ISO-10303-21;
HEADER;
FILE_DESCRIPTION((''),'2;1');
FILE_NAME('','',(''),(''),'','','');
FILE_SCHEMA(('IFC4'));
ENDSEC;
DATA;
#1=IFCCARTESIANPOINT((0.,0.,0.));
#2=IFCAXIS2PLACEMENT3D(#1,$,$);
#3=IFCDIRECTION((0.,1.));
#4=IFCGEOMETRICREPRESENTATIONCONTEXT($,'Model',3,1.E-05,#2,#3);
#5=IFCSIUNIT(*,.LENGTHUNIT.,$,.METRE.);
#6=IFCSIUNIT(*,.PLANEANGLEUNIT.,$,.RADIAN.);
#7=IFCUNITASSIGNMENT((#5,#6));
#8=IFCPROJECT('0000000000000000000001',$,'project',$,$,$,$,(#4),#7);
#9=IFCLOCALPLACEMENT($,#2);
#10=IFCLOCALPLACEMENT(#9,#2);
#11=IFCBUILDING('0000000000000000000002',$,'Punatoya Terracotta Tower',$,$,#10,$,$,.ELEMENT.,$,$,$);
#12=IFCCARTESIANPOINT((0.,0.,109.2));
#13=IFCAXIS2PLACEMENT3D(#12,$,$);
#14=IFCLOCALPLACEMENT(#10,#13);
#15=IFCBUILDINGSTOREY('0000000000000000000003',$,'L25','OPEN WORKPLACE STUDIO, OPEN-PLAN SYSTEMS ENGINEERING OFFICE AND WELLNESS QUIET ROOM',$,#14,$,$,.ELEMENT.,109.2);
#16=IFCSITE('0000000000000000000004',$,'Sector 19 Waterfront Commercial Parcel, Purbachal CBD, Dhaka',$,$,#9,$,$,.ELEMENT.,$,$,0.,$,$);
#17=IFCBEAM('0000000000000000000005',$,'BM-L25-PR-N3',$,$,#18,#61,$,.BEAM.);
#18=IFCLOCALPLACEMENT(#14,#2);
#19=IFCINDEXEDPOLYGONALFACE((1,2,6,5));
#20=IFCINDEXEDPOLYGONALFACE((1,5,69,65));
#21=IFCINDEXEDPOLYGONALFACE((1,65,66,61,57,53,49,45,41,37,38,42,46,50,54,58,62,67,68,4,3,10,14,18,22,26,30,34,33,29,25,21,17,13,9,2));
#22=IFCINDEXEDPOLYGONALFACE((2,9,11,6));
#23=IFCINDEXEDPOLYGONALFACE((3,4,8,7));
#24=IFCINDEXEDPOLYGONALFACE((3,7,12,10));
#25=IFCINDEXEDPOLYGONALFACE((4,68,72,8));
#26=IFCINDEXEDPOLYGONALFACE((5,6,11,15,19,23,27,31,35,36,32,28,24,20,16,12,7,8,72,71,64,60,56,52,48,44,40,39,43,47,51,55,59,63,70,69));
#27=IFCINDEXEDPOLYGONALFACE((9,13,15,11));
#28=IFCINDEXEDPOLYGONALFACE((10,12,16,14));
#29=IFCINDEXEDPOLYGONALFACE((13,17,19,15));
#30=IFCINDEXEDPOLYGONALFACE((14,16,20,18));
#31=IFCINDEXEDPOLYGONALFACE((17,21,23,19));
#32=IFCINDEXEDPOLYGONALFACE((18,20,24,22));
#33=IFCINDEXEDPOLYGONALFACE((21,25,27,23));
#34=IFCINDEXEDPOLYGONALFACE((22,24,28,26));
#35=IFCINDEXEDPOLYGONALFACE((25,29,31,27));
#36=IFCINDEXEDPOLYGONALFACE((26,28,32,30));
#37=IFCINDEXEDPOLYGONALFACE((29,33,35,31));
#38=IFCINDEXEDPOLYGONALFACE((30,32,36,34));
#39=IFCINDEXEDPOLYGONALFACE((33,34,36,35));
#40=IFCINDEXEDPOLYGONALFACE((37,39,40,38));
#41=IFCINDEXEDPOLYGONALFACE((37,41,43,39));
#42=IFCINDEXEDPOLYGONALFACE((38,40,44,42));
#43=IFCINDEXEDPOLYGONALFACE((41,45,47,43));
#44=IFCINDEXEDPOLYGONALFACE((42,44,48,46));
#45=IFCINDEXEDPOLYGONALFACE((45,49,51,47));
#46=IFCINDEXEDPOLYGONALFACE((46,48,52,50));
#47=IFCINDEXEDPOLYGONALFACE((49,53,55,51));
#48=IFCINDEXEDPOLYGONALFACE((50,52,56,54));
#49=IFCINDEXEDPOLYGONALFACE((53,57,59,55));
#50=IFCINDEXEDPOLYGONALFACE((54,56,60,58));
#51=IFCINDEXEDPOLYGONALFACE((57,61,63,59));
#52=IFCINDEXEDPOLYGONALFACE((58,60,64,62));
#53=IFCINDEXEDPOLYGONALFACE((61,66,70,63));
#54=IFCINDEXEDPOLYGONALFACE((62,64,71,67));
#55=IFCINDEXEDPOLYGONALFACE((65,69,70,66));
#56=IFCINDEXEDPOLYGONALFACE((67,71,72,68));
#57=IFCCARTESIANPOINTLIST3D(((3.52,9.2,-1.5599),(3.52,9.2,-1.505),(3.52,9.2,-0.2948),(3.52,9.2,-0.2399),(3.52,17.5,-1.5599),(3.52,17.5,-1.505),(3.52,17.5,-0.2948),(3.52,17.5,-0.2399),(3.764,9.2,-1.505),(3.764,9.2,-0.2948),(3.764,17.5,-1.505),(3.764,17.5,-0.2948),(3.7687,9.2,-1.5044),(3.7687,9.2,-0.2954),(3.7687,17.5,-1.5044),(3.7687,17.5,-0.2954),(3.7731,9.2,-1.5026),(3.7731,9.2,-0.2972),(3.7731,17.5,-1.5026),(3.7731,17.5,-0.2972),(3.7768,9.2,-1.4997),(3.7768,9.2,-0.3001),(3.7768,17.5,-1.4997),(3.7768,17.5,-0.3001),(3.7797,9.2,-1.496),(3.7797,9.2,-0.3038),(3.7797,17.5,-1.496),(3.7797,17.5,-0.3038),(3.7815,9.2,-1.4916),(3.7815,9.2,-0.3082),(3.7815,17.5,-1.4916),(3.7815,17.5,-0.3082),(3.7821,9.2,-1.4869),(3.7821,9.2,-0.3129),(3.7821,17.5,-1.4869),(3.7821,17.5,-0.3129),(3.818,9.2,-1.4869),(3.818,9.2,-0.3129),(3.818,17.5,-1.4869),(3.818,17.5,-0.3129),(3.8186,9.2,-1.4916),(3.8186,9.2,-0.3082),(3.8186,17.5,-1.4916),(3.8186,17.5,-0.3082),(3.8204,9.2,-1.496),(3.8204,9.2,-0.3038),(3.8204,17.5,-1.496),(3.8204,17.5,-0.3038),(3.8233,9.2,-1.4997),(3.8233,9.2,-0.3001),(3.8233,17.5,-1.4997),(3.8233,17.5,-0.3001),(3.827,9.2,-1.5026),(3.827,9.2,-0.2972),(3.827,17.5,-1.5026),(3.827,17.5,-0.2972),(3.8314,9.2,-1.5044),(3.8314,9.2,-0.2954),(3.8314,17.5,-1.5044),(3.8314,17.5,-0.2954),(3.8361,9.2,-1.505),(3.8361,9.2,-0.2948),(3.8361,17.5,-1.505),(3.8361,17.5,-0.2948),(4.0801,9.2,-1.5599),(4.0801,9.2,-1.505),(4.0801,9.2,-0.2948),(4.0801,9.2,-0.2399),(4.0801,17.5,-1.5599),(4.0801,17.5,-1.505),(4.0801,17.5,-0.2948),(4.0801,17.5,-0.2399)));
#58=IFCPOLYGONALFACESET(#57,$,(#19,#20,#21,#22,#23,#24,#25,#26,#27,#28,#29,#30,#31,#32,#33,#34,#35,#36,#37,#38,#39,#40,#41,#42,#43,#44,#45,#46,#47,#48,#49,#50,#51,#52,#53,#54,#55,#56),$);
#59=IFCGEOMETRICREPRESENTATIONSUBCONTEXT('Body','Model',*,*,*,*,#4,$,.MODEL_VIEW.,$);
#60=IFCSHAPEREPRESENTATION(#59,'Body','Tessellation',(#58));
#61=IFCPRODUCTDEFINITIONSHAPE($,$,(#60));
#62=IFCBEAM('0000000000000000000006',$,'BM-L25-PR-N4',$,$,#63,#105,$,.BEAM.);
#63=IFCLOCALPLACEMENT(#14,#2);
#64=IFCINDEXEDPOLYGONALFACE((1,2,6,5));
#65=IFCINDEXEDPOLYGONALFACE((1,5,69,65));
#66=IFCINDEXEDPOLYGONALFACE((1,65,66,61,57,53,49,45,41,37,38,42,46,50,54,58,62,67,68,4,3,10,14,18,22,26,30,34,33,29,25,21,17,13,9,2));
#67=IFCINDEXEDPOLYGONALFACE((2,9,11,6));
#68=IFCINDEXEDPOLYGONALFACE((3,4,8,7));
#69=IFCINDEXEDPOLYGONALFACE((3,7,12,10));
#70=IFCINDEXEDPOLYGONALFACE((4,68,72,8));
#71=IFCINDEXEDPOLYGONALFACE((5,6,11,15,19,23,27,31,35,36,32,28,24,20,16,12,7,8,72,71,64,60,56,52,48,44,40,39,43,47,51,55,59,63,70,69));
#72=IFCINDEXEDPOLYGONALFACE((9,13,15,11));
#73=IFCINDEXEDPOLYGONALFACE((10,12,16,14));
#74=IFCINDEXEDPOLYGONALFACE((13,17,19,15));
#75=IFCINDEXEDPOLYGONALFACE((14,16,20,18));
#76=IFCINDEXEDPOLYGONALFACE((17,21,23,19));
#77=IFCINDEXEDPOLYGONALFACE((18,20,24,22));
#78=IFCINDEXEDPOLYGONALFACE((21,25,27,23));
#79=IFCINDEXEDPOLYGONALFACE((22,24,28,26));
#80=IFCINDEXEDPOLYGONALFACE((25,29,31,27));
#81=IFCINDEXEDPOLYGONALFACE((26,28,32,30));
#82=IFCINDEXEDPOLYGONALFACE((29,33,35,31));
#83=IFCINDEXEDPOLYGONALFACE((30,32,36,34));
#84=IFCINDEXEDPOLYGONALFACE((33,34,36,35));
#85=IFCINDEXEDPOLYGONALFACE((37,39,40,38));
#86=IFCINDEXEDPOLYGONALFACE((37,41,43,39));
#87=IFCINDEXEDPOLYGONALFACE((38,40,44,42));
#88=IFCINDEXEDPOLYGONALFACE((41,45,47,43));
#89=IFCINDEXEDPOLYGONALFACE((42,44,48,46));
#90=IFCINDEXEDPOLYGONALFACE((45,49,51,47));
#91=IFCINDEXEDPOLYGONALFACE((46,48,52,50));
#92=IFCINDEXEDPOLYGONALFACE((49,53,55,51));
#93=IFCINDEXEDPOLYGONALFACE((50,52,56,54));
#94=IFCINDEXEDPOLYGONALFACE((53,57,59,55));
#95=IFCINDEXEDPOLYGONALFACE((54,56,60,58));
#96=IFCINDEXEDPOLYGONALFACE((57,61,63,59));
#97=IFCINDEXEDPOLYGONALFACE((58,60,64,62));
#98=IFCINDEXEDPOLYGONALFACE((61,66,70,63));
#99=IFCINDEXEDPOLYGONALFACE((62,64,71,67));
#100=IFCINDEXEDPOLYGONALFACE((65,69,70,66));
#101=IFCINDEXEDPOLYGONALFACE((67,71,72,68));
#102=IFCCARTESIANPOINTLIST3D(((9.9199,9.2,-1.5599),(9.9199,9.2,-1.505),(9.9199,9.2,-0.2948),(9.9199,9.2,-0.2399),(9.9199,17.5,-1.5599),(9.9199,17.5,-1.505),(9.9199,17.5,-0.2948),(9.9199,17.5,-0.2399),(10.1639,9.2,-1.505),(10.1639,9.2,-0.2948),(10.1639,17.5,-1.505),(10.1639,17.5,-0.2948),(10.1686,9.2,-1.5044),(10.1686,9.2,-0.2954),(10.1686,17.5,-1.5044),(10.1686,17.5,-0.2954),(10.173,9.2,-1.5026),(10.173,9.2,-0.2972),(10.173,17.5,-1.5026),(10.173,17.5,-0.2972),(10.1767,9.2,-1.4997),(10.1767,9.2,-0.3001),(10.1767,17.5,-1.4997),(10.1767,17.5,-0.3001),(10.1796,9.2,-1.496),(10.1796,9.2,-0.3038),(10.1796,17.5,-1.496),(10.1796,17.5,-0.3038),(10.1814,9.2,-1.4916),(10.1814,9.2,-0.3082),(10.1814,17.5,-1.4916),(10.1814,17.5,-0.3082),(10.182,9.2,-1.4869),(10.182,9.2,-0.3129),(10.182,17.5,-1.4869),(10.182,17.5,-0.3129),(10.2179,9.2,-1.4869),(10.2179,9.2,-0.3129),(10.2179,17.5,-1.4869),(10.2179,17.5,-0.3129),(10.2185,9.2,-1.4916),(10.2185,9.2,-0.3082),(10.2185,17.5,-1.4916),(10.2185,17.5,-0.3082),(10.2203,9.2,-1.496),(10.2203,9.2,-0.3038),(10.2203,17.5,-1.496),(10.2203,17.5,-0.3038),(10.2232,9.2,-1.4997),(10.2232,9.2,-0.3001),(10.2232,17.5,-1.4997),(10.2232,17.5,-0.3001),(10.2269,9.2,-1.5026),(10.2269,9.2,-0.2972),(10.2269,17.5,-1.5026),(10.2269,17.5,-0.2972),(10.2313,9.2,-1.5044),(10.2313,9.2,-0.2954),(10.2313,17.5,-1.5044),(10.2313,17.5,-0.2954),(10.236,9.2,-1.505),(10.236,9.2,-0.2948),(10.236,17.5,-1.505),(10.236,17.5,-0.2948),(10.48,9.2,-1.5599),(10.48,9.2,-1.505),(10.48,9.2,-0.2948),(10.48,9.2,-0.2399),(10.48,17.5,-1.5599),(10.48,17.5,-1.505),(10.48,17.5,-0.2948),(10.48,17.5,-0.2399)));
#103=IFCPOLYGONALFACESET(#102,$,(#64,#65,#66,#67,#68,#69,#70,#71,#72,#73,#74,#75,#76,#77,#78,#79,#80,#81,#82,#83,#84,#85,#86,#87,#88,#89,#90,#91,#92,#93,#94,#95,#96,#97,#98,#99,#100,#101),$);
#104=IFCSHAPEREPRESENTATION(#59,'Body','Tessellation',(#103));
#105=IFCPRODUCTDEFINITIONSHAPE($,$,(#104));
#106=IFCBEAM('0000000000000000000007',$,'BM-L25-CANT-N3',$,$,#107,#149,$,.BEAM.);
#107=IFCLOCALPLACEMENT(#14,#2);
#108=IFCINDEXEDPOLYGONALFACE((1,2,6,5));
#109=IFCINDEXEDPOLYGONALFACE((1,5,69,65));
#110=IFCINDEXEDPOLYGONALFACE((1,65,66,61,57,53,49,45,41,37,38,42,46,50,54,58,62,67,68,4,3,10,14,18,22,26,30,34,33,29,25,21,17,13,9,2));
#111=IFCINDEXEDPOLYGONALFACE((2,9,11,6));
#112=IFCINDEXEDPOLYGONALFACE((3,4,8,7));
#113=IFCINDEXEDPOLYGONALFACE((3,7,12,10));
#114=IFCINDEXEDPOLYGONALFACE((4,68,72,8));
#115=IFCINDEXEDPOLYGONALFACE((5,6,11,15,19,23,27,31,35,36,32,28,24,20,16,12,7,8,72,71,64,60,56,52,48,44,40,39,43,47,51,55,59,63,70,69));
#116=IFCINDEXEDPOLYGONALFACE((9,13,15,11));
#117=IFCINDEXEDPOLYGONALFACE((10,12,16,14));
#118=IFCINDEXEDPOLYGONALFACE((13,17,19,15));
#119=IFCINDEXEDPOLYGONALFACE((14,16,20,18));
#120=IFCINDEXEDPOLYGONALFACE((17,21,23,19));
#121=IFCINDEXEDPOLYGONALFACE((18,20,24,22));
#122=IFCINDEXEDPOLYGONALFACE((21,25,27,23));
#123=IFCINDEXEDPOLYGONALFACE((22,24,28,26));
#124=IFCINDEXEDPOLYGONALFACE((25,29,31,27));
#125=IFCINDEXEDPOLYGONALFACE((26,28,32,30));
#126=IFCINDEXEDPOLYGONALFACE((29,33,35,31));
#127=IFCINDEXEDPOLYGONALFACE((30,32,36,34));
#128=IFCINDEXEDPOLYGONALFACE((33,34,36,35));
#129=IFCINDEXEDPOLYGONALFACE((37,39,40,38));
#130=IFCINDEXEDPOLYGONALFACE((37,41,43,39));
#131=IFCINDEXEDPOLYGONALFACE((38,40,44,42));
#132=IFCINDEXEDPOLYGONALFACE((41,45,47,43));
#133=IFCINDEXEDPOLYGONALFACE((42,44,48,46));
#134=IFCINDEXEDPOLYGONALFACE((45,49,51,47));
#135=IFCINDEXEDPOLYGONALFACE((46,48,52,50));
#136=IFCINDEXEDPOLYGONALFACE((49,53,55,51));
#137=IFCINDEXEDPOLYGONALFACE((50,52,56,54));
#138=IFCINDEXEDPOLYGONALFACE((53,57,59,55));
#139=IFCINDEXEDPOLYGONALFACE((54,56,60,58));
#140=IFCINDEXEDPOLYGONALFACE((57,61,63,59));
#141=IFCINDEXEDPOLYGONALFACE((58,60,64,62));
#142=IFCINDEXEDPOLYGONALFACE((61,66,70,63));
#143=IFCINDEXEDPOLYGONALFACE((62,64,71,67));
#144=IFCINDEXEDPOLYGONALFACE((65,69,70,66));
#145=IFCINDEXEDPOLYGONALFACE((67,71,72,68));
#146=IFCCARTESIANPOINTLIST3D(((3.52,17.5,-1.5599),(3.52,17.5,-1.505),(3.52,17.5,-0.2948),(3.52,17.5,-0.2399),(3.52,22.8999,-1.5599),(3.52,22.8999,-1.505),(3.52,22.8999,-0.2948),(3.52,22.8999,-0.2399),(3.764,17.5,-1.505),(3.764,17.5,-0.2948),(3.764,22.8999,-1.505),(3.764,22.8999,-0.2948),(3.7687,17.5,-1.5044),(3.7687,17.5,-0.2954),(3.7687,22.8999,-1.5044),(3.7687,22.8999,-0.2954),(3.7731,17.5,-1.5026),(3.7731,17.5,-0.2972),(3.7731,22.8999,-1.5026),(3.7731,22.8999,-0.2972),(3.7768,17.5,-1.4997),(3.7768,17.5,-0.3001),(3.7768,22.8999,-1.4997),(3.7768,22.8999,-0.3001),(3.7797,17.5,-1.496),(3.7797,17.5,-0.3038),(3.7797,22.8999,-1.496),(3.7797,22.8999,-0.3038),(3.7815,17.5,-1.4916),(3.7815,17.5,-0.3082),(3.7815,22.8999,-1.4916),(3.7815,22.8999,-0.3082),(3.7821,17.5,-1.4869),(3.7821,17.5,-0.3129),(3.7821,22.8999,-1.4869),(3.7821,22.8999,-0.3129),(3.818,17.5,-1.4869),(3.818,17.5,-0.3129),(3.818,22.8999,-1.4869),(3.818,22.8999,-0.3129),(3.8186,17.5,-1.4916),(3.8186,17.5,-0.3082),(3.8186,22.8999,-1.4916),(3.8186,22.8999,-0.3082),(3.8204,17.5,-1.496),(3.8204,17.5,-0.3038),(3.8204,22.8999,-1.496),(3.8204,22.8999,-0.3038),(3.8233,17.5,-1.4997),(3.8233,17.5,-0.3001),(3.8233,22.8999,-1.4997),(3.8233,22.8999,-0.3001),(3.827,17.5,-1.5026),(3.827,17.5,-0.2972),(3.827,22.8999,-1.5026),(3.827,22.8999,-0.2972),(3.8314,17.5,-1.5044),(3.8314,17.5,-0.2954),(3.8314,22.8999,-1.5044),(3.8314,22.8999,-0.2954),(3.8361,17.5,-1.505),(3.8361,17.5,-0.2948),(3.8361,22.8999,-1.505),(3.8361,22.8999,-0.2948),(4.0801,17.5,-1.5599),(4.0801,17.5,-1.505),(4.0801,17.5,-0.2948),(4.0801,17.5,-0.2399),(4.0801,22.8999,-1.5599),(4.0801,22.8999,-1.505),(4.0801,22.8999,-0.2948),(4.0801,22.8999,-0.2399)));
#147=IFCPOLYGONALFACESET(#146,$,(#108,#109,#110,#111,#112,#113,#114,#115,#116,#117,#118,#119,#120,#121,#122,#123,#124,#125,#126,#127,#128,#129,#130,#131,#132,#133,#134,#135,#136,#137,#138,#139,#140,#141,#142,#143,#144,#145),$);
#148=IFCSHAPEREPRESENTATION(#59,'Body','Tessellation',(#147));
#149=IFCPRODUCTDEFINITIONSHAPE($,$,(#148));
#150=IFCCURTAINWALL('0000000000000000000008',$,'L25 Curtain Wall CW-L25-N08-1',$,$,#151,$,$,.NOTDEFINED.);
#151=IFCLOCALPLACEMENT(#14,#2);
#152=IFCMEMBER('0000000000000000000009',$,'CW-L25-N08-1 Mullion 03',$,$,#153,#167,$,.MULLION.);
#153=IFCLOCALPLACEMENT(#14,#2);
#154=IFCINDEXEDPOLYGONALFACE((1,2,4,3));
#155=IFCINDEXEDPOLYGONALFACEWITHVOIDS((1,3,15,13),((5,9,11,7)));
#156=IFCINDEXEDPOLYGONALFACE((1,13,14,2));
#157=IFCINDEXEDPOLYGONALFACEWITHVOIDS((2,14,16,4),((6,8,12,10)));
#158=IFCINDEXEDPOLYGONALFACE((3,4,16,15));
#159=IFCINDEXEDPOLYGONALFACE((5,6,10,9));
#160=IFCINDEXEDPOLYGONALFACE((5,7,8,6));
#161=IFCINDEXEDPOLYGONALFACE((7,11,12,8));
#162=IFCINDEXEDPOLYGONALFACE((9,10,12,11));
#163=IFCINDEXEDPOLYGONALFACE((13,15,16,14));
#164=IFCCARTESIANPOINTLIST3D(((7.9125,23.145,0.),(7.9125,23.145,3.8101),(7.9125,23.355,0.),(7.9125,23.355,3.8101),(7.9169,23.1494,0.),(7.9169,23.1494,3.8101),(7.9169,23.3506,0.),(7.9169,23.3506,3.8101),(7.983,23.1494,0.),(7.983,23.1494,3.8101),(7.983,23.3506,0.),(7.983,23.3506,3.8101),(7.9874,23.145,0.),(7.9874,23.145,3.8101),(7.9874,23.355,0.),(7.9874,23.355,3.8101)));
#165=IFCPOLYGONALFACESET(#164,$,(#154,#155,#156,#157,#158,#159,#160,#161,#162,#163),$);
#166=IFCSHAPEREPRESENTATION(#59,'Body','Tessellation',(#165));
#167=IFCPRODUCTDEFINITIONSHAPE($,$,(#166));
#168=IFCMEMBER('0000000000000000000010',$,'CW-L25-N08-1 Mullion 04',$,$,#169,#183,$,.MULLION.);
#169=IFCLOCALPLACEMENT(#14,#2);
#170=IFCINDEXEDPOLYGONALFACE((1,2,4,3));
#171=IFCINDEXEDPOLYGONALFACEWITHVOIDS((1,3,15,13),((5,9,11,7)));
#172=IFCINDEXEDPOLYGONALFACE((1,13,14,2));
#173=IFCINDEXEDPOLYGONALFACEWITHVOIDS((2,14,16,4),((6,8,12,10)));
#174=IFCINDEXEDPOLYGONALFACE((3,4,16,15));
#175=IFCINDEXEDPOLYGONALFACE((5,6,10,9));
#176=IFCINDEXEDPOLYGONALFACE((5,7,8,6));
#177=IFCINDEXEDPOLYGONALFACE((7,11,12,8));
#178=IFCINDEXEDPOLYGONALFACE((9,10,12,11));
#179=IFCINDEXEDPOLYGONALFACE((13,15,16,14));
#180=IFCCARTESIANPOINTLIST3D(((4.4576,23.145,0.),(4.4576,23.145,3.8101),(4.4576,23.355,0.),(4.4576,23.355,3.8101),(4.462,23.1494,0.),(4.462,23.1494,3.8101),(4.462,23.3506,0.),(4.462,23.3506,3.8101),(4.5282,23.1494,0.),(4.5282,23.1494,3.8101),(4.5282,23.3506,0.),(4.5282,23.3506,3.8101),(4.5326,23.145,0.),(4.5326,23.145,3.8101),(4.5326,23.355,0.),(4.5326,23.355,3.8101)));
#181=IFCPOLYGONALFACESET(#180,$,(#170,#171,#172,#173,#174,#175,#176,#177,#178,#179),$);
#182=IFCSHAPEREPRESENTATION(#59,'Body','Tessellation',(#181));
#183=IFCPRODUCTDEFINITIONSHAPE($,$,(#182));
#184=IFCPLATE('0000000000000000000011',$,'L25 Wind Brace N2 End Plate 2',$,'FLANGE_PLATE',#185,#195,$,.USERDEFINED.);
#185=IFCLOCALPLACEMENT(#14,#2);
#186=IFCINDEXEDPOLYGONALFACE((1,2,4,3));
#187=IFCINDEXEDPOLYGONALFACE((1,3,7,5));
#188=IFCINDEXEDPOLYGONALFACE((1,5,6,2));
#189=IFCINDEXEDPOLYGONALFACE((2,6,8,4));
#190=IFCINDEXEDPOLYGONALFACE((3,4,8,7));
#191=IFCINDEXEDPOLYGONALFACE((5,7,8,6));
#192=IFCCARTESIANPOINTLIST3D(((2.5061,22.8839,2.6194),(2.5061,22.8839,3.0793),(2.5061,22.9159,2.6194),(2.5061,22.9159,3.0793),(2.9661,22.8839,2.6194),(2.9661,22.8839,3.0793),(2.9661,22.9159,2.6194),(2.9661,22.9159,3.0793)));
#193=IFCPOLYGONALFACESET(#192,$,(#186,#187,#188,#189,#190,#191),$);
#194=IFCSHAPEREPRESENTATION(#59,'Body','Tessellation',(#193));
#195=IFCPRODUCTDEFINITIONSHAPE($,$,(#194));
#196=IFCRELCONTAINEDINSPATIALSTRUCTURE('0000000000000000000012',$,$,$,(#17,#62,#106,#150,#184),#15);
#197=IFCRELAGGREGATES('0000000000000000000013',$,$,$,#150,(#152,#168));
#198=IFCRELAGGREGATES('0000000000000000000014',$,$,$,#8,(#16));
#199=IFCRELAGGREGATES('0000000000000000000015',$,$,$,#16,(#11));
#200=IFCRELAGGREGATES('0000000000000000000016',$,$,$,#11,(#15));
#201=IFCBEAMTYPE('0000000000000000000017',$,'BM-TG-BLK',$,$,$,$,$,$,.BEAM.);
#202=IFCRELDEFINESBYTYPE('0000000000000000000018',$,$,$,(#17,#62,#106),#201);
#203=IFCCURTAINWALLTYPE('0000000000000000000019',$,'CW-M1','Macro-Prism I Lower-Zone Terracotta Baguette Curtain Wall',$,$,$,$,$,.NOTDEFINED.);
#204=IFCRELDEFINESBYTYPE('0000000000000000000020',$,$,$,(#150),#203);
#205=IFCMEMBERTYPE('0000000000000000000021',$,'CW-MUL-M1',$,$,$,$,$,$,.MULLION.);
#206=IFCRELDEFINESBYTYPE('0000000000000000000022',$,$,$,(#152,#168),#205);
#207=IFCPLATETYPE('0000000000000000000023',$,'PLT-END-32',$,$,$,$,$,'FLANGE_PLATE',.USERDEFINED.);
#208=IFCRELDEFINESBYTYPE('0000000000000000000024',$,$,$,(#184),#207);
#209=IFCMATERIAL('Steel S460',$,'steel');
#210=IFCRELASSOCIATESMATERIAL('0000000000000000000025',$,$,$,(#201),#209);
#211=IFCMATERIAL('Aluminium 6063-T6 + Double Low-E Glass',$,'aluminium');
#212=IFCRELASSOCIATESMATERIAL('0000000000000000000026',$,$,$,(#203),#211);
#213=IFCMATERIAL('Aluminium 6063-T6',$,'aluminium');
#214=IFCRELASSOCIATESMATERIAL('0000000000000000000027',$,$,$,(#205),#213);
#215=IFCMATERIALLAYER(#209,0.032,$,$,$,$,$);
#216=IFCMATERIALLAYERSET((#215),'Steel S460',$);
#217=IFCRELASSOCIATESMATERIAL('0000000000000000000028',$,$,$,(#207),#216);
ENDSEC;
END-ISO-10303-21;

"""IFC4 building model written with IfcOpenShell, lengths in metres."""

from ifc_helpers import new_model, si_unit, direction, frame, origin, origin_2d, place, context, subcontext, project, spatial, rectangle, hollow_rectangle, i_section, extrude, material, layer, layer_set, material_profile, profile_set, type_object, element, aggregate, save


model = new_model("IFC4")

# Units and contexts
model_context = context("Model", 3, precision=1e-05, world=origin(), true_north=direction((0.0, 1.0)))
body_context = subcontext(model_context, "Body", "Model", "MODEL_VIEW")
ifc_project = project(units=[si_unit("LENGTHUNIT", "METRE"), si_unit("PLANEANGLEUNIT", "RADIAN")], contexts=[model_context])

# Site, building, storey
site_placement = place(None, origin())
site = spatial("IfcSite", under=ifc_project, at=site_placement, Name="Sector 19 Waterfront Commercial Parcel, Purbachal CBD, Dhaka", CompositionType="ELEMENT", RefElevation=0.0)
building_placement = place(site_placement, origin())
building = spatial("IfcBuilding", under=site, at=building_placement, Name="Punatoya Terracotta Tower", CompositionType="ELEMENT")
storey_placement = place(building_placement, frame((0.0, 0.0, 109.2)))
storey = spatial("IfcBuildingStorey", under=building, at=storey_placement, Name="L25", Description="OPEN WORKPLACE STUDIO, OPEN-PLAN SYSTEMS ENGINEERING OFFICE AND WELLNESS QUIET ROOM", CompositionType="ELEMENT", Elevation=109.2)

# Shared definitions
ifc_material_1 = material(Name="Steel S460", Category="steel")

# Beams
ifc_material_profile_1 = material_profile(ifc_material_1, i_section(OverallWidth=0.5601, OverallDepth=1.3201, WebThickness=0.0359, FlangeThickness=0.0549, FilletRadius=0.0181, at=origin_2d()))
ifc_profile_set_1 = profile_set([ifc_material_profile_1], Name="Steel S460")
beam_type = type_object("IfcBeamType", Name="BM-TG-BLK", PredefinedType="BEAM", material=ifc_profile_set_1)
for number, where, z_axis, x_axis, name in (
    (1, (3.8, 9.2, -0.8999), (0.0, 1.0, 0.0), (-1.0, 0.0, 0.0), "BM-L25-PR-N3"),
    (2, (10.2, 9.2, -0.8999), (0.0, 1.0, 0.0), (-1.0, 0.0, 0.0), "BM-L25-PR-N4"),
):
    element("IfcBeam", number, at=place(storey_placement, frame(where, z_axis=z_axis, x_axis=x_axis)), inside=storey, type_object=beam_type, Name=name, PredefinedType="BEAM", context=body_context, shape_type="SweptSolid", body=[
        extrude(i_section(OverallWidth=0.5601, OverallDepth=1.3201, WebThickness=0.0359, FlangeThickness=0.0549, FilletRadius=0.0181, at=origin_2d()), origin(), (0.0, 0.0, 1.0), 8.3),
    ])
beam_1_placement = place(storey_placement, frame((3.8, 17.5, -0.8999), z_axis=(0.0, 1.0, 0.0), x_axis=(-1.0, 0.0, 0.0)))
element("IfcBeam", 3, at=beam_1_placement, inside=storey, type_object=beam_type, Name="BM-L25-CANT-N3", PredefinedType="BEAM", context=body_context, shape_type="SweptSolid", body=[
    extrude(i_section(OverallWidth=0.5601, OverallDepth=1.3201, WebThickness=0.0359, FlangeThickness=0.0549, FilletRadius=0.0181, at=origin_2d()), origin(), (0.0, 0.0, 1.0), 5.3999),
])

# Curtain wall, members
ifc_material_2 = material(Name="Aluminium 6063-T6 + Double Low-E Glass", Category="aluminium")
curtain_wall_type = type_object("IfcCurtainWallType", Name="CW-M1", Description="Macro-Prism I Lower-Zone Terracotta Baguette Curtain Wall", PredefinedType="NOTDEFINED", material=ifc_material_2)
curtain_wall_placement = place(storey_placement, origin())
curtain_wall = element("IfcCurtainWall", 4, at=curtain_wall_placement, inside=storey, type_object=curtain_wall_type, Name="L25 Curtain Wall CW-L25-N08-1", PredefinedType="NOTDEFINED")
ifc_material_3 = material(Name="Aluminium 6063-T6", Category="aluminium")
ifc_material_profile_2 = material_profile(ifc_material_3, hollow_rectangle(XDim=0.075, YDim=0.21, WallThickness=0.0044, at=origin_2d()))
ifc_profile_set_2 = profile_set([ifc_material_profile_2], Name="Aluminium 6063-T6")
member_type = type_object("IfcMemberType", Name="CW-MUL-M1", PredefinedType="MULLION", material=ifc_profile_set_2)
member_1_placement = place(storey_placement, frame((7.95, 23.25, 0.0), z_axis=(0.0, 0.0, 1.0), x_axis=(1.0, 0.0, 0.0)))
member_1 = element("IfcMember", 5, at=member_1_placement, type_object=member_type, Name="CW-L25-N08-1 Mullion 03", PredefinedType="MULLION", context=body_context, shape_type="SweptSolid", body=[
    extrude(hollow_rectangle(XDim=0.075, YDim=0.21, WallThickness=0.0044, at=origin_2d()), origin(), (0.0, 0.0, 1.0), 3.8101),
])
member_2_placement = place(storey_placement, frame((4.4951, 23.25, 0.0), z_axis=(0.0, 0.0, 1.0), x_axis=(1.0, 0.0, 0.0)))
member_2 = element("IfcMember", 6, at=member_2_placement, type_object=member_type, Name="CW-L25-N08-1 Mullion 04", PredefinedType="MULLION", context=body_context, shape_type="SweptSolid", body=[
    extrude(hollow_rectangle(XDim=0.075, YDim=0.21, WallThickness=0.0044, at=origin_2d()), origin(), (0.0, 0.0, 1.0), 3.8101),
])

# Plate
ifc_layer_1 = layer(ifc_material_1, 0.032)
ifc_layer_set_1 = layer_set([ifc_layer_1], Name="Steel S460")
plate_type_1 = type_object("IfcPlateType", Name="PLT-END-32", ElementType="FLANGE_PLATE", PredefinedType="USERDEFINED", material=ifc_layer_set_1)
plate_1_placement = place(storey_placement, frame((2.7361, 22.8999, 2.6194), z_axis=(0.0, 0.0, 1.0), x_axis=(1.0, 0.0, 0.0)))
element("IfcPlate", 7, at=plate_1_placement, inside=storey, type_object=plate_type_1, Name="L25 Wind Brace N2 End Plate 2", ObjectType="FLANGE_PLATE", PredefinedType="USERDEFINED", context=body_context, shape_type="SweptSolid", body=[
    extrude(rectangle(XDim=0.46, YDim=0.032, at=origin_2d()), origin(), (0.0, 0.0, 1.0), 0.46),
])
aggregate(curtain_wall, [member_1, member_2])

save(model, "model.ifc")
